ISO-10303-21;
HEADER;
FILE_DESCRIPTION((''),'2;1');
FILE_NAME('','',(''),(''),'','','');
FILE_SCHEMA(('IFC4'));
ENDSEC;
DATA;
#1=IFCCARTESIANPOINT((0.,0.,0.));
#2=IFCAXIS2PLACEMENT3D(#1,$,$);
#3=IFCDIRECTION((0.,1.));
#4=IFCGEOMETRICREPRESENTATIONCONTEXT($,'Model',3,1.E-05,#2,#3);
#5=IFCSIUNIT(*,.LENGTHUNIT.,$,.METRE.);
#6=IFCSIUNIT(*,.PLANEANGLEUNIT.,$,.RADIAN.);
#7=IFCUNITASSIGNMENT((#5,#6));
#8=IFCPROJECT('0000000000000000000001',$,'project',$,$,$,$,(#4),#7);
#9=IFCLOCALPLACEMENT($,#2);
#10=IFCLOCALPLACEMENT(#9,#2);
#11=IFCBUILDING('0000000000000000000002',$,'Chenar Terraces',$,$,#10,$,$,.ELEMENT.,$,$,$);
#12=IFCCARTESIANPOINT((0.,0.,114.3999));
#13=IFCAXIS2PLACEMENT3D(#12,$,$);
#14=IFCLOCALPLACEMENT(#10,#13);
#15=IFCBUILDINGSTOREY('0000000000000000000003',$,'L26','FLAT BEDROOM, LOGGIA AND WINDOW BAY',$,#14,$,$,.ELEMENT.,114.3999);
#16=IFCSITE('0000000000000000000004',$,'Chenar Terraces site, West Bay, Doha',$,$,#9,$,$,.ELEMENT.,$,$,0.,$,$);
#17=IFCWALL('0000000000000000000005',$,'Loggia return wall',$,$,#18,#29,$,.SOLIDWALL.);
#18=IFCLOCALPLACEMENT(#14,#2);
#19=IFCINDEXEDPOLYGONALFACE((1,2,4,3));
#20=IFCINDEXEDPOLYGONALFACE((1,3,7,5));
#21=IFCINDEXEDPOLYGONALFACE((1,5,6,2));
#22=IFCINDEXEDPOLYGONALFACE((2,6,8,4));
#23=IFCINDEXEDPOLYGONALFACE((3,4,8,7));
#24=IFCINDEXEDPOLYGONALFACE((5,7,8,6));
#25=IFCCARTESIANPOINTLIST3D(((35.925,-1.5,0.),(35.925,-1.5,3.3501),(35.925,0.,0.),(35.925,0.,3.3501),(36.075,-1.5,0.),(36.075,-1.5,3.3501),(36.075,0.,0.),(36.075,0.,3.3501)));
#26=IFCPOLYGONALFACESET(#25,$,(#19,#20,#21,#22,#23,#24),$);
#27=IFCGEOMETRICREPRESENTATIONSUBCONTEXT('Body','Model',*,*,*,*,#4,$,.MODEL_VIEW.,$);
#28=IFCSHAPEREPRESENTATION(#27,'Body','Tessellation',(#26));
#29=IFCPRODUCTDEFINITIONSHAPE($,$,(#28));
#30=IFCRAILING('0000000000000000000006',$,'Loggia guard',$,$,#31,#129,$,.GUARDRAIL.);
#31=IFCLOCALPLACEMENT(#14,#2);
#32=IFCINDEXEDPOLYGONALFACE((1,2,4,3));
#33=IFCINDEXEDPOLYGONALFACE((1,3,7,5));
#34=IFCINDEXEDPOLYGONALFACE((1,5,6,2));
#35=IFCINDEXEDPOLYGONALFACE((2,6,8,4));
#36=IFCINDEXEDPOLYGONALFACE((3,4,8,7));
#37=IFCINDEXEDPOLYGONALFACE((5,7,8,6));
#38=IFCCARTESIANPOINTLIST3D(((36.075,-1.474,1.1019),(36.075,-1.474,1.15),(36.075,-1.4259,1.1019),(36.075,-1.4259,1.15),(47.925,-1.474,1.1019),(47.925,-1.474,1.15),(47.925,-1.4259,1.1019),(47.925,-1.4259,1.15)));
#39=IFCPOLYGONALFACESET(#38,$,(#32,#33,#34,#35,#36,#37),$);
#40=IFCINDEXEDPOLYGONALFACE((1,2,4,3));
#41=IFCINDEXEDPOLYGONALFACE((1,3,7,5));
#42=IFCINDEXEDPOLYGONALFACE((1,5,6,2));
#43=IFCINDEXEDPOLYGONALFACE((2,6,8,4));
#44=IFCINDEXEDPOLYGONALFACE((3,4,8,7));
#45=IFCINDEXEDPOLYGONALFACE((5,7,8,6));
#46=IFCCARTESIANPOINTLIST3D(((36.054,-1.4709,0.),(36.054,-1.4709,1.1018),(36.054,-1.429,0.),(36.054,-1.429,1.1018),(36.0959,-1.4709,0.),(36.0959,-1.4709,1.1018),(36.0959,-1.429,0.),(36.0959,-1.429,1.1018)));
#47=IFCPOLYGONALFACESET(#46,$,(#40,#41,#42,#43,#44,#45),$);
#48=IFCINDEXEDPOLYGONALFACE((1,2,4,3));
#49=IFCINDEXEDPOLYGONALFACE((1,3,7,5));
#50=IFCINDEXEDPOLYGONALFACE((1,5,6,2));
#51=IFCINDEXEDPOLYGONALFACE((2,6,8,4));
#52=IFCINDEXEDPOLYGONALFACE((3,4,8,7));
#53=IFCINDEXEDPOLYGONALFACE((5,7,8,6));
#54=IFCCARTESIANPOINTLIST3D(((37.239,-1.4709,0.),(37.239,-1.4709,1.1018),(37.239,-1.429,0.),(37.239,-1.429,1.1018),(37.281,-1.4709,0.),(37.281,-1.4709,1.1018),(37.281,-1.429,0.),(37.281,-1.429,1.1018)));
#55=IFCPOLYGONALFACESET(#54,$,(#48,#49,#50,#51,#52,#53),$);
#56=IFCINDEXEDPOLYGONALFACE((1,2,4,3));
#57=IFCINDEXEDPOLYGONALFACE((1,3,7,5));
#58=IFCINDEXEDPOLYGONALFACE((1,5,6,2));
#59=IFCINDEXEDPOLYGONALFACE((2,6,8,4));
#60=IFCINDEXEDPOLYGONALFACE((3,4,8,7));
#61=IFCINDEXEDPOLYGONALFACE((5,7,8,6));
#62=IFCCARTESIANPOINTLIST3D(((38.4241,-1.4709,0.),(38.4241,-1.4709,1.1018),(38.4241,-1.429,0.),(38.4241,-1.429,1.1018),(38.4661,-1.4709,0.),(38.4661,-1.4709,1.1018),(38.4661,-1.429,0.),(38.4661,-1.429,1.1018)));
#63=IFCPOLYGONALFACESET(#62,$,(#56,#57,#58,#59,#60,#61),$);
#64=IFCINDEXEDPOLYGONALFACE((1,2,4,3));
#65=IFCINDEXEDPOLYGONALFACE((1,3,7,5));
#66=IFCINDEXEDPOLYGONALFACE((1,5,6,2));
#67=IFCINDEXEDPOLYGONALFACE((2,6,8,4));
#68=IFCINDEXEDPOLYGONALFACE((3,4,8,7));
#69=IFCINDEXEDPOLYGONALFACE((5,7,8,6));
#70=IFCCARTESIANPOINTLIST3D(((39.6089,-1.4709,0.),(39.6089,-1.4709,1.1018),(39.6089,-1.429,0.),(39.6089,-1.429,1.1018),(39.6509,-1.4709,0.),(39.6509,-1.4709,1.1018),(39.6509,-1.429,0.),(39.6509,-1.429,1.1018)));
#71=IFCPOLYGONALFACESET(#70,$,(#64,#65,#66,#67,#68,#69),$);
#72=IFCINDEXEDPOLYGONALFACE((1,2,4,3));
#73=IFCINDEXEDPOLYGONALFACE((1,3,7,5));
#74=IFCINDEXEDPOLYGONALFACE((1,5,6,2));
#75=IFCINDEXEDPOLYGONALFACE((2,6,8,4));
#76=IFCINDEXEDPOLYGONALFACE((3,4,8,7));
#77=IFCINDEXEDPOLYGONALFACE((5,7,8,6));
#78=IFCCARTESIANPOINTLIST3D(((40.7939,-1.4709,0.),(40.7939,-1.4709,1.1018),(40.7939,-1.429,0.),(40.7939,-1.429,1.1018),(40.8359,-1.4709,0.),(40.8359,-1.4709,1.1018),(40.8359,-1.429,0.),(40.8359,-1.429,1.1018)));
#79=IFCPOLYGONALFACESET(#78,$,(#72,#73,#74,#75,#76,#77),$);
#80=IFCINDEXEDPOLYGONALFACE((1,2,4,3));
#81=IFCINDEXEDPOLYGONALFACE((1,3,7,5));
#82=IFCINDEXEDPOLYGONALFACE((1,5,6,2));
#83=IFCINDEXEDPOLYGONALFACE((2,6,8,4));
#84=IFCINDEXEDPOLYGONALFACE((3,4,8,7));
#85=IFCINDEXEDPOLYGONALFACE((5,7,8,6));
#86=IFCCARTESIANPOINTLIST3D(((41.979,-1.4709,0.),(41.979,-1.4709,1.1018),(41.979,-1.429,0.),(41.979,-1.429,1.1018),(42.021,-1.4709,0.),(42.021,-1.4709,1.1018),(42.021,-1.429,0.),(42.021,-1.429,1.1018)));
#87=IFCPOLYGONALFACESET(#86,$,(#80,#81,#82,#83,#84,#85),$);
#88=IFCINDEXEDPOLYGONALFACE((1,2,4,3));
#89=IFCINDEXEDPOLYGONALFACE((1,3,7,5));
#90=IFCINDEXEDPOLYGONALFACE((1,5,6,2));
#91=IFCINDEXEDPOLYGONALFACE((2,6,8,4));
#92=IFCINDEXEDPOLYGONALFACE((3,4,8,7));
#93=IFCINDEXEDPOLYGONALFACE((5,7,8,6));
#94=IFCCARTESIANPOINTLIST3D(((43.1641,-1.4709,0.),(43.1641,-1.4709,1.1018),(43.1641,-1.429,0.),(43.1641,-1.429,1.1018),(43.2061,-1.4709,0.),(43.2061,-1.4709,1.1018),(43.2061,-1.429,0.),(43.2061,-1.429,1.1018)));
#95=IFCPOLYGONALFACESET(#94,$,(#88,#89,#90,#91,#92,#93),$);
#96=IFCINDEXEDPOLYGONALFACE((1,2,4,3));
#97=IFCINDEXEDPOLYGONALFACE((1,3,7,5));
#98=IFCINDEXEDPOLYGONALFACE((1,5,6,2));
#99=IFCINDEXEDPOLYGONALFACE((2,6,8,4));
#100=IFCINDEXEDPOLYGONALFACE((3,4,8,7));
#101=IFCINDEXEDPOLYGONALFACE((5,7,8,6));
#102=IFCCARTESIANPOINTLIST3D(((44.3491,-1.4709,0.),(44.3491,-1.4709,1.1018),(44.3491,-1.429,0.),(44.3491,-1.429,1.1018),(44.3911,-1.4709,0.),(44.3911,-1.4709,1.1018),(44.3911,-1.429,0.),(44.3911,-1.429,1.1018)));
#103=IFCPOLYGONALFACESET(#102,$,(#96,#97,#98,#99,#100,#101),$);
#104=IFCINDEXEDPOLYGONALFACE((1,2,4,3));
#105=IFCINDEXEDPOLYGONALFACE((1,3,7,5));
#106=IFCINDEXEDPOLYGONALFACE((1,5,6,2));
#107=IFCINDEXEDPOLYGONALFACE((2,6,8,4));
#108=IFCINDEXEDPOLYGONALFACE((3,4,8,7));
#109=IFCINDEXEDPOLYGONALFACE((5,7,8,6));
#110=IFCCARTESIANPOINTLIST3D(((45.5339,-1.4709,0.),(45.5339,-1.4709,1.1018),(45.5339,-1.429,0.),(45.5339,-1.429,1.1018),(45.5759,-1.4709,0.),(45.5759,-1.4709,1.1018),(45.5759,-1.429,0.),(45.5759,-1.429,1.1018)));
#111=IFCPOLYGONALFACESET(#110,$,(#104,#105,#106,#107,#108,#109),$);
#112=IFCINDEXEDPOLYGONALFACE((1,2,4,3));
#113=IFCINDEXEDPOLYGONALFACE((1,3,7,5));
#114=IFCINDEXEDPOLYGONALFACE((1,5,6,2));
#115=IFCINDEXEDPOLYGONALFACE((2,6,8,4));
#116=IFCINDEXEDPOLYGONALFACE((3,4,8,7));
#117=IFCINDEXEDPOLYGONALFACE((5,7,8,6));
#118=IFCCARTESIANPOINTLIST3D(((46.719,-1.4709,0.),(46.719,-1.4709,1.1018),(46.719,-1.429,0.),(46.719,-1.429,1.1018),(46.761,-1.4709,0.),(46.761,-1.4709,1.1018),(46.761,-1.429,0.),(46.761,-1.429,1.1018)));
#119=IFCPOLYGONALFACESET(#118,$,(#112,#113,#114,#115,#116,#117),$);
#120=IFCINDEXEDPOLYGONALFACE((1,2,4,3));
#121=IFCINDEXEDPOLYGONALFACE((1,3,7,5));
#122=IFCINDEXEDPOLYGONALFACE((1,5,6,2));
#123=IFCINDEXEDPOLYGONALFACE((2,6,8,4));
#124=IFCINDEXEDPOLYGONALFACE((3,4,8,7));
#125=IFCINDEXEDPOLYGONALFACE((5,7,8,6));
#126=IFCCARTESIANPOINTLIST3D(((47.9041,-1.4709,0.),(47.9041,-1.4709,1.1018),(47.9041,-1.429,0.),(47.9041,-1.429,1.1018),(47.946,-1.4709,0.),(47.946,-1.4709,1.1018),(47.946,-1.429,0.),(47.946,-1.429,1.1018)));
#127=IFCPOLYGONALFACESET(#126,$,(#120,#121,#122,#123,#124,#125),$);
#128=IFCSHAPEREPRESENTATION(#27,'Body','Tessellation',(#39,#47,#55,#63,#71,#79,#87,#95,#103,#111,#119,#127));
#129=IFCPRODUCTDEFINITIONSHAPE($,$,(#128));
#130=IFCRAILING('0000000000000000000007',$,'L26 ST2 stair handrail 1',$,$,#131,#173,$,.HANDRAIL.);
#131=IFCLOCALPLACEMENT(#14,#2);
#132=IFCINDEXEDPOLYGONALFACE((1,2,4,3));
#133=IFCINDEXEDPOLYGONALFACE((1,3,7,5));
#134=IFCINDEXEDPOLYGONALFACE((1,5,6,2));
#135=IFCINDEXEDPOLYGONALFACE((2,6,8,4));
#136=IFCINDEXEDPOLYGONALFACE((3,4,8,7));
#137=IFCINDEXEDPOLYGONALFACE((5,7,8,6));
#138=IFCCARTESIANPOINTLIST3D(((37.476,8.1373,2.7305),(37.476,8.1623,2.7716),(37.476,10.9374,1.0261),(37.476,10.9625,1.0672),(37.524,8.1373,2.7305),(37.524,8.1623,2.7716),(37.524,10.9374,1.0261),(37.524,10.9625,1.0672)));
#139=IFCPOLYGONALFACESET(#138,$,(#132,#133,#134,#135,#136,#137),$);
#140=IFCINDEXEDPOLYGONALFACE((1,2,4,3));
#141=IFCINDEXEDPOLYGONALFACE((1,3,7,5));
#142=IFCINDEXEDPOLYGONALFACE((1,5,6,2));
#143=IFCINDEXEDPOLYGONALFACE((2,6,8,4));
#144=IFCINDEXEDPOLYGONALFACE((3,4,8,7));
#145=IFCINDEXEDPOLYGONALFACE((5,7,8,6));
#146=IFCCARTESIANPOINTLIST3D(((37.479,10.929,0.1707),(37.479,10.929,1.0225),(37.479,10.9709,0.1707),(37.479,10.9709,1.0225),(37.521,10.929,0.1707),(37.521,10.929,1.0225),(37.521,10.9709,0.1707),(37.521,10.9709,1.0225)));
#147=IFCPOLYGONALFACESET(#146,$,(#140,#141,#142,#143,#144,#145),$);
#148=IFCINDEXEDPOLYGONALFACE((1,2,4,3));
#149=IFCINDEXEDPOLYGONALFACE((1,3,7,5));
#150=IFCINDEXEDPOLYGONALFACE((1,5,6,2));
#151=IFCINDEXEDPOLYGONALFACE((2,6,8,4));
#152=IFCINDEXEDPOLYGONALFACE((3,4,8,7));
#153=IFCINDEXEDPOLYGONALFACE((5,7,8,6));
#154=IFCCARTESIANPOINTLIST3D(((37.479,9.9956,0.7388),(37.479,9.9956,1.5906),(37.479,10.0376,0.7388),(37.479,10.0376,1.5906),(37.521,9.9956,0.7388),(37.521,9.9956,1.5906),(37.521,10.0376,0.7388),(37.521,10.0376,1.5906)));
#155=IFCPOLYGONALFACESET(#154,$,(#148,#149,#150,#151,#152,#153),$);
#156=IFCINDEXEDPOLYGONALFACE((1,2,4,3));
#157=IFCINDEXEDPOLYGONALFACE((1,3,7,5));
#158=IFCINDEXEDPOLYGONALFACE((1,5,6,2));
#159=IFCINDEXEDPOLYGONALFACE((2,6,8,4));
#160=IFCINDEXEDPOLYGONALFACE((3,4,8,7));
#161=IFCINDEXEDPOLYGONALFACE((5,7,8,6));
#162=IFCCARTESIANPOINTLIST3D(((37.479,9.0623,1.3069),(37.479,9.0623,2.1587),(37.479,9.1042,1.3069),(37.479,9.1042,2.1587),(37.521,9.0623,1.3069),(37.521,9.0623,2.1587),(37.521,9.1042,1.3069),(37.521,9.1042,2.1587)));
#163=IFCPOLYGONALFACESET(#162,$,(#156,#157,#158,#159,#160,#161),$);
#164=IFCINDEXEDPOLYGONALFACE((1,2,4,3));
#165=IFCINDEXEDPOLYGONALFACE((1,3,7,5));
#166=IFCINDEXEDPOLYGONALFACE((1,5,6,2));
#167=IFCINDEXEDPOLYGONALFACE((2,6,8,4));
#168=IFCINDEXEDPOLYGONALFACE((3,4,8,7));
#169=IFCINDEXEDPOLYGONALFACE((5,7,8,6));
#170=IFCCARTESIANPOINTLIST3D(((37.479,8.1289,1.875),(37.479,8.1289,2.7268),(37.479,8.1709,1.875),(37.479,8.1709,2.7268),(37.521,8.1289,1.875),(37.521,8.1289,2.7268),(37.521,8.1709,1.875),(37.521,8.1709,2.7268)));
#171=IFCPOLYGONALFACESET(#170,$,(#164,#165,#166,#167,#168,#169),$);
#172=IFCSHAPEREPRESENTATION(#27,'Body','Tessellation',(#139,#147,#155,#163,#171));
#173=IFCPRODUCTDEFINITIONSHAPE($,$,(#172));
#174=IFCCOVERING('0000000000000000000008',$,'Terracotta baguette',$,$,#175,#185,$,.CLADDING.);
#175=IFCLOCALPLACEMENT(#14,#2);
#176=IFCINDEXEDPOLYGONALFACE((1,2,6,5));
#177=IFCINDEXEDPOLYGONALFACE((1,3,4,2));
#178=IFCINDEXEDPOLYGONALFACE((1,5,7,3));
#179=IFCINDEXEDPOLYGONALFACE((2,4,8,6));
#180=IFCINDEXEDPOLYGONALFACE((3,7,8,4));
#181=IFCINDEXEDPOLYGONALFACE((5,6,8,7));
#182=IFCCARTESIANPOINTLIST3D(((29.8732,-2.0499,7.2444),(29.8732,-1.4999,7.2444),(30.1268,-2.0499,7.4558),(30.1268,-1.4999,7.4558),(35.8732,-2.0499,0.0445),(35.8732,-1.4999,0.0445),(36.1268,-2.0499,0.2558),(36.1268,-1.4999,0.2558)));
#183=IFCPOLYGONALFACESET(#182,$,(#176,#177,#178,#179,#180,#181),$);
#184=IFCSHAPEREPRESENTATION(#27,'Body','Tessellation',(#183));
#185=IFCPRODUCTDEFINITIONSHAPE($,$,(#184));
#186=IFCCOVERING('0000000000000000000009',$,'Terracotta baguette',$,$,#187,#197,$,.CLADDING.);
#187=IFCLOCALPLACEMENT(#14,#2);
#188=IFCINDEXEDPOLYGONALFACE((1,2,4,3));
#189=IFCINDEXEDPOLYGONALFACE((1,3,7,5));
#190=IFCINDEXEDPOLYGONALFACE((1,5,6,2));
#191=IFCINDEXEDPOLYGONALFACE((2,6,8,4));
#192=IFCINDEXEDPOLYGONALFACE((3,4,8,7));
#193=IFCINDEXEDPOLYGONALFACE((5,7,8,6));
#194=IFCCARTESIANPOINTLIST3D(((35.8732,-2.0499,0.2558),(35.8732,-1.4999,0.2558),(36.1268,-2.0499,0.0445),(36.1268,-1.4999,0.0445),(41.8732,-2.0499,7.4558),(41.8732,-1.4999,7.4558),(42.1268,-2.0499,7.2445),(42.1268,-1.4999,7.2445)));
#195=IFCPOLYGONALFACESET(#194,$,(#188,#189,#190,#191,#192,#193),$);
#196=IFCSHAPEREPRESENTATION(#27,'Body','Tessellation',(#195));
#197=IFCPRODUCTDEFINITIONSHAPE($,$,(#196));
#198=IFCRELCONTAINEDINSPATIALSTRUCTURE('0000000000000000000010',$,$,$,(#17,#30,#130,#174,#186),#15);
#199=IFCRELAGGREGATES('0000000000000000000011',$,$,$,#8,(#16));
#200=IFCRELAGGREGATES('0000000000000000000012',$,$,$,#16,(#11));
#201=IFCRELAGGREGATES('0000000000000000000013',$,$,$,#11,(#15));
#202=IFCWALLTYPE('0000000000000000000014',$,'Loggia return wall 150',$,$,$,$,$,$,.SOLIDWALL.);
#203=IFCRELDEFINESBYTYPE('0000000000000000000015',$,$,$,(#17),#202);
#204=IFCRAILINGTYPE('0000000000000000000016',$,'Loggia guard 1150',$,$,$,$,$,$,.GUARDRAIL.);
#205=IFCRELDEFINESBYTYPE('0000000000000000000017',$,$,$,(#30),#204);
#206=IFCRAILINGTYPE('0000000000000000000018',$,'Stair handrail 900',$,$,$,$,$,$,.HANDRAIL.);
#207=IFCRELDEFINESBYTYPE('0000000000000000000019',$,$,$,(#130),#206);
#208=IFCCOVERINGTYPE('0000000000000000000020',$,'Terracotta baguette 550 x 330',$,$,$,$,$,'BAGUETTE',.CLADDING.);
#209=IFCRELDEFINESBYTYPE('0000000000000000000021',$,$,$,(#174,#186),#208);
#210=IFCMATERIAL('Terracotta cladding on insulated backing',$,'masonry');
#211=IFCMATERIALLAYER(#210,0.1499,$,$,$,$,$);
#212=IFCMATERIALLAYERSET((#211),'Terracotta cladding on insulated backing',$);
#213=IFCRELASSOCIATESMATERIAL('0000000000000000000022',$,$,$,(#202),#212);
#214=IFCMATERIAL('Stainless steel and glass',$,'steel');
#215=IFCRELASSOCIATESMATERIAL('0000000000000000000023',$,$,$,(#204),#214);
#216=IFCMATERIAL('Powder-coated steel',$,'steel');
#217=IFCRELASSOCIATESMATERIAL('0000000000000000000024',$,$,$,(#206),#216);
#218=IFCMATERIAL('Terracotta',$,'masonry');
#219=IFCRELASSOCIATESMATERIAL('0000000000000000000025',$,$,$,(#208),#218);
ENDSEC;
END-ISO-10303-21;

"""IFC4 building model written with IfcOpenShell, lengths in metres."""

from ifc_helpers import new_model, si_unit, direction, frame, frame_2d, origin, origin_2d, place, context, subcontext, project, spatial, rectangle, extrude, material, layer, layer_set, material_profile, profile_set, type_object, element, save


model = new_model("IFC4")

# Units and contexts
model_context = context("Model", 3, precision=1e-05, world=origin(), true_north=direction((0.0, 1.0)))
body_context = subcontext(model_context, "Body", "Model", "MODEL_VIEW")
ifc_project = project(units=[si_unit("LENGTHUNIT", "METRE"), si_unit("PLANEANGLEUNIT", "RADIAN")], contexts=[model_context])

# Site, building, storey
site_placement = place(None, origin())
site = spatial("IfcSite", under=ifc_project, at=site_placement, Name="Chenar Terraces site, West Bay, Doha", CompositionType="ELEMENT", RefElevation=0.0)
building_placement = place(site_placement, origin())
building = spatial("IfcBuilding", under=site, at=building_placement, Name="Chenar Terraces", CompositionType="ELEMENT")
storey_placement = place(building_placement, frame((0.0, 0.0, 114.3999)))
storey = spatial("IfcBuildingStorey", under=building, at=storey_placement, Name="L26", Description="FLAT BEDROOM, LOGGIA AND WINDOW BAY", CompositionType="ELEMENT", Elevation=114.3999)

# Wall
ifc_material_1 = material(Name="Terracotta cladding on insulated backing", Category="masonry")
ifc_layer_1 = layer(ifc_material_1, 0.1499)
ifc_layer_set_1 = layer_set([ifc_layer_1], Name="Terracotta cladding on insulated backing")
wall_type_1 = type_object("IfcWallType", Name="Loggia return wall 150", PredefinedType="SOLIDWALL", material=ifc_layer_set_1)
wall_1_placement = place(storey_placement, frame((36.0, -1.5, 0.0), z_axis=(0.0, 0.0, 1.0), x_axis=(0.0, 1.0, 0.0)))
element("IfcWall", 1, at=wall_1_placement, inside=storey, type_object=wall_type_1, Name="Loggia return wall", PredefinedType="SOLIDWALL", context=body_context, shape_type="SweptSolid", body=[
    extrude(rectangle(XDim=1.5, YDim=0.1499, at=frame_2d((0.75, 0.0))), origin(), (0.0, 0.0, 1.0), 3.3501),
])

# Railings
ifc_material_2 = material(Name="Stainless steel and glass", Category="steel")
railing_type_1 = type_object("IfcRailingType", Name="Loggia guard 1150", PredefinedType="GUARDRAIL", material=ifc_material_2)
railing_1_placement = place(storey_placement, frame((36.075, -1.45, 0.0)))
element("IfcRailing", 2, at=railing_1_placement, inside=storey, type_object=railing_type_1, Name="Loggia guard", PredefinedType="GUARDRAIL", context=body_context, shape_type="SweptSolid", body=[
    extrude(rectangle(XDim=0.0481, YDim=0.0481, at=origin_2d()), frame((0.0, 0.0, 1.126), z_axis=(1.0, 0.0, 0.0), x_axis=(0.0, 1.0, 0.0)), (0.0, 0.0, 1.0), 11.8501),
    extrude(rectangle(XDim=0.042, YDim=0.042, at=origin_2d()), origin(), (0.0, 0.0, 1.0), 1.1018),
    extrude(rectangle(XDim=0.042, YDim=0.042, at=origin_2d()), frame((1.1851, 0.0, 0.0)), (0.0, 0.0, 1.0), 1.1018),
    extrude(rectangle(XDim=0.042, YDim=0.042, at=origin_2d()), frame((2.3701, 0.0, 0.0)), (0.0, 0.0, 1.0), 1.1018),
    extrude(rectangle(XDim=0.042, YDim=0.042, at=origin_2d()), frame((3.5549, 0.0, 0.0)), (0.0, 0.0, 1.0), 1.1018),
    extrude(rectangle(XDim=0.042, YDim=0.042, at=origin_2d()), frame((4.74, 0.0, 0.0)), (0.0, 0.0, 1.0), 1.1018),
    extrude(rectangle(XDim=0.042, YDim=0.042, at=origin_2d()), frame((5.925, 0.0, 0.0)), (0.0, 0.0, 1.0), 1.1018),
    extrude(rectangle(XDim=0.042, YDim=0.042, at=origin_2d()), frame((7.1101, 0.0, 0.0)), (0.0, 0.0, 1.0), 1.1018),
    extrude(rectangle(XDim=0.042, YDim=0.042, at=origin_2d()), frame((8.2952, 0.0, 0.0)), (0.0, 0.0, 1.0), 1.1018),
    extrude(rectangle(XDim=0.042, YDim=0.042, at=origin_2d()), frame((9.48, 0.0, 0.0)), (0.0, 0.0, 1.0), 1.1018),
    extrude(rectangle(XDim=0.042, YDim=0.042, at=origin_2d()), frame((10.665, 0.0, 0.0)), (0.0, 0.0, 1.0), 1.1018),
    extrude(rectangle(XDim=0.042, YDim=0.042, at=origin_2d()), frame((11.8501, 0.0, 0.0)), (0.0, 0.0, 1.0), 1.1018),
])
ifc_material_3 = material(Name="Powder-coated steel", Category="steel")
railing_type_2 = type_object("IfcRailingType", Name="Stair handrail 900", PredefinedType="HANDRAIL", material=ifc_material_3)
railing_2_placement = place(storey_placement, frame((37.5, 10.95, 0.1707)))
element("IfcRailing", 3, at=railing_2_placement, inside=storey, type_object=railing_type_2, Name="L26 ST2 stair handrail 1", PredefinedType="HANDRAIL", context=body_context, shape_type="SweptSolid", body=[
    extrude(rectangle(XDim=0.0481, YDim=0.0481, at=origin_2d()), frame((0.0, 0.0, 0.876), z_axis=(0.0, -0.854203, 0.51994), x_axis=(1.0, 0.0, 0.0)), (0.0, 0.0, 1.0), 3.2781),
    extrude(rectangle(XDim=0.042, YDim=0.042, at=origin_2d()), origin(), (0.0, 0.0, 1.0), 0.8518),
    extrude(rectangle(XDim=0.042, YDim=0.042, at=origin_2d()), frame((0.0, -0.9333, 0.5681)), (0.0, 0.0, 1.0), 0.8518),
    extrude(rectangle(XDim=0.042, YDim=0.042, at=origin_2d()), frame((0.0, -1.8667, 1.1362)), (0.0, 0.0, 1.0), 0.8518),
    extrude(rectangle(XDim=0.042, YDim=0.042, at=origin_2d()), frame((0.0, -2.8, 1.7043)), (0.0, 0.0, 1.0), 0.8518),
])

# Coverings
ifc_material_4 = material(Name="Terracotta", Category="masonry")
ifc_material_profile_1 = material_profile(ifc_material_4, rectangle(XDim=0.55, YDim=0.3301, at=origin_2d()), Name="Terracotta baguette 550 x 330")
ifc_profile_set_1 = profile_set([ifc_material_profile_1], Name="Terracotta")
covering_type = type_object("IfcCoveringType", Name="Terracotta baguette 550 x 330", ElementType="BAGUETTE", PredefinedType="CLADDING", material=ifc_profile_set_1)
for number, where, z_axis, x_axis, name in (
    (4, (30.0, -1.7749, 7.3501), (0.640187, 0.0, -0.768219), (0.0, 1.0, 0.0), "Terracotta baguette"),
    (5, (36.0, -1.7749, 0.1501), (0.640187, 0.0, 0.768219), (0.0, 1.0, 0.0), "Terracotta baguette"),
):
    element("IfcCovering", number, at=place(storey_placement, frame(where, z_axis=z_axis, x_axis=x_axis)), inside=storey, type_object=covering_type, Name=name, PredefinedType="CLADDING", context=body_context, shape_type="SweptSolid", body=[
        extrude(rectangle(XDim=0.55, YDim=0.3301, at=origin_2d()), origin(), (0.0, 0.0, 1.0), 9.3723),
    ])

save(model, "model.ifc")
